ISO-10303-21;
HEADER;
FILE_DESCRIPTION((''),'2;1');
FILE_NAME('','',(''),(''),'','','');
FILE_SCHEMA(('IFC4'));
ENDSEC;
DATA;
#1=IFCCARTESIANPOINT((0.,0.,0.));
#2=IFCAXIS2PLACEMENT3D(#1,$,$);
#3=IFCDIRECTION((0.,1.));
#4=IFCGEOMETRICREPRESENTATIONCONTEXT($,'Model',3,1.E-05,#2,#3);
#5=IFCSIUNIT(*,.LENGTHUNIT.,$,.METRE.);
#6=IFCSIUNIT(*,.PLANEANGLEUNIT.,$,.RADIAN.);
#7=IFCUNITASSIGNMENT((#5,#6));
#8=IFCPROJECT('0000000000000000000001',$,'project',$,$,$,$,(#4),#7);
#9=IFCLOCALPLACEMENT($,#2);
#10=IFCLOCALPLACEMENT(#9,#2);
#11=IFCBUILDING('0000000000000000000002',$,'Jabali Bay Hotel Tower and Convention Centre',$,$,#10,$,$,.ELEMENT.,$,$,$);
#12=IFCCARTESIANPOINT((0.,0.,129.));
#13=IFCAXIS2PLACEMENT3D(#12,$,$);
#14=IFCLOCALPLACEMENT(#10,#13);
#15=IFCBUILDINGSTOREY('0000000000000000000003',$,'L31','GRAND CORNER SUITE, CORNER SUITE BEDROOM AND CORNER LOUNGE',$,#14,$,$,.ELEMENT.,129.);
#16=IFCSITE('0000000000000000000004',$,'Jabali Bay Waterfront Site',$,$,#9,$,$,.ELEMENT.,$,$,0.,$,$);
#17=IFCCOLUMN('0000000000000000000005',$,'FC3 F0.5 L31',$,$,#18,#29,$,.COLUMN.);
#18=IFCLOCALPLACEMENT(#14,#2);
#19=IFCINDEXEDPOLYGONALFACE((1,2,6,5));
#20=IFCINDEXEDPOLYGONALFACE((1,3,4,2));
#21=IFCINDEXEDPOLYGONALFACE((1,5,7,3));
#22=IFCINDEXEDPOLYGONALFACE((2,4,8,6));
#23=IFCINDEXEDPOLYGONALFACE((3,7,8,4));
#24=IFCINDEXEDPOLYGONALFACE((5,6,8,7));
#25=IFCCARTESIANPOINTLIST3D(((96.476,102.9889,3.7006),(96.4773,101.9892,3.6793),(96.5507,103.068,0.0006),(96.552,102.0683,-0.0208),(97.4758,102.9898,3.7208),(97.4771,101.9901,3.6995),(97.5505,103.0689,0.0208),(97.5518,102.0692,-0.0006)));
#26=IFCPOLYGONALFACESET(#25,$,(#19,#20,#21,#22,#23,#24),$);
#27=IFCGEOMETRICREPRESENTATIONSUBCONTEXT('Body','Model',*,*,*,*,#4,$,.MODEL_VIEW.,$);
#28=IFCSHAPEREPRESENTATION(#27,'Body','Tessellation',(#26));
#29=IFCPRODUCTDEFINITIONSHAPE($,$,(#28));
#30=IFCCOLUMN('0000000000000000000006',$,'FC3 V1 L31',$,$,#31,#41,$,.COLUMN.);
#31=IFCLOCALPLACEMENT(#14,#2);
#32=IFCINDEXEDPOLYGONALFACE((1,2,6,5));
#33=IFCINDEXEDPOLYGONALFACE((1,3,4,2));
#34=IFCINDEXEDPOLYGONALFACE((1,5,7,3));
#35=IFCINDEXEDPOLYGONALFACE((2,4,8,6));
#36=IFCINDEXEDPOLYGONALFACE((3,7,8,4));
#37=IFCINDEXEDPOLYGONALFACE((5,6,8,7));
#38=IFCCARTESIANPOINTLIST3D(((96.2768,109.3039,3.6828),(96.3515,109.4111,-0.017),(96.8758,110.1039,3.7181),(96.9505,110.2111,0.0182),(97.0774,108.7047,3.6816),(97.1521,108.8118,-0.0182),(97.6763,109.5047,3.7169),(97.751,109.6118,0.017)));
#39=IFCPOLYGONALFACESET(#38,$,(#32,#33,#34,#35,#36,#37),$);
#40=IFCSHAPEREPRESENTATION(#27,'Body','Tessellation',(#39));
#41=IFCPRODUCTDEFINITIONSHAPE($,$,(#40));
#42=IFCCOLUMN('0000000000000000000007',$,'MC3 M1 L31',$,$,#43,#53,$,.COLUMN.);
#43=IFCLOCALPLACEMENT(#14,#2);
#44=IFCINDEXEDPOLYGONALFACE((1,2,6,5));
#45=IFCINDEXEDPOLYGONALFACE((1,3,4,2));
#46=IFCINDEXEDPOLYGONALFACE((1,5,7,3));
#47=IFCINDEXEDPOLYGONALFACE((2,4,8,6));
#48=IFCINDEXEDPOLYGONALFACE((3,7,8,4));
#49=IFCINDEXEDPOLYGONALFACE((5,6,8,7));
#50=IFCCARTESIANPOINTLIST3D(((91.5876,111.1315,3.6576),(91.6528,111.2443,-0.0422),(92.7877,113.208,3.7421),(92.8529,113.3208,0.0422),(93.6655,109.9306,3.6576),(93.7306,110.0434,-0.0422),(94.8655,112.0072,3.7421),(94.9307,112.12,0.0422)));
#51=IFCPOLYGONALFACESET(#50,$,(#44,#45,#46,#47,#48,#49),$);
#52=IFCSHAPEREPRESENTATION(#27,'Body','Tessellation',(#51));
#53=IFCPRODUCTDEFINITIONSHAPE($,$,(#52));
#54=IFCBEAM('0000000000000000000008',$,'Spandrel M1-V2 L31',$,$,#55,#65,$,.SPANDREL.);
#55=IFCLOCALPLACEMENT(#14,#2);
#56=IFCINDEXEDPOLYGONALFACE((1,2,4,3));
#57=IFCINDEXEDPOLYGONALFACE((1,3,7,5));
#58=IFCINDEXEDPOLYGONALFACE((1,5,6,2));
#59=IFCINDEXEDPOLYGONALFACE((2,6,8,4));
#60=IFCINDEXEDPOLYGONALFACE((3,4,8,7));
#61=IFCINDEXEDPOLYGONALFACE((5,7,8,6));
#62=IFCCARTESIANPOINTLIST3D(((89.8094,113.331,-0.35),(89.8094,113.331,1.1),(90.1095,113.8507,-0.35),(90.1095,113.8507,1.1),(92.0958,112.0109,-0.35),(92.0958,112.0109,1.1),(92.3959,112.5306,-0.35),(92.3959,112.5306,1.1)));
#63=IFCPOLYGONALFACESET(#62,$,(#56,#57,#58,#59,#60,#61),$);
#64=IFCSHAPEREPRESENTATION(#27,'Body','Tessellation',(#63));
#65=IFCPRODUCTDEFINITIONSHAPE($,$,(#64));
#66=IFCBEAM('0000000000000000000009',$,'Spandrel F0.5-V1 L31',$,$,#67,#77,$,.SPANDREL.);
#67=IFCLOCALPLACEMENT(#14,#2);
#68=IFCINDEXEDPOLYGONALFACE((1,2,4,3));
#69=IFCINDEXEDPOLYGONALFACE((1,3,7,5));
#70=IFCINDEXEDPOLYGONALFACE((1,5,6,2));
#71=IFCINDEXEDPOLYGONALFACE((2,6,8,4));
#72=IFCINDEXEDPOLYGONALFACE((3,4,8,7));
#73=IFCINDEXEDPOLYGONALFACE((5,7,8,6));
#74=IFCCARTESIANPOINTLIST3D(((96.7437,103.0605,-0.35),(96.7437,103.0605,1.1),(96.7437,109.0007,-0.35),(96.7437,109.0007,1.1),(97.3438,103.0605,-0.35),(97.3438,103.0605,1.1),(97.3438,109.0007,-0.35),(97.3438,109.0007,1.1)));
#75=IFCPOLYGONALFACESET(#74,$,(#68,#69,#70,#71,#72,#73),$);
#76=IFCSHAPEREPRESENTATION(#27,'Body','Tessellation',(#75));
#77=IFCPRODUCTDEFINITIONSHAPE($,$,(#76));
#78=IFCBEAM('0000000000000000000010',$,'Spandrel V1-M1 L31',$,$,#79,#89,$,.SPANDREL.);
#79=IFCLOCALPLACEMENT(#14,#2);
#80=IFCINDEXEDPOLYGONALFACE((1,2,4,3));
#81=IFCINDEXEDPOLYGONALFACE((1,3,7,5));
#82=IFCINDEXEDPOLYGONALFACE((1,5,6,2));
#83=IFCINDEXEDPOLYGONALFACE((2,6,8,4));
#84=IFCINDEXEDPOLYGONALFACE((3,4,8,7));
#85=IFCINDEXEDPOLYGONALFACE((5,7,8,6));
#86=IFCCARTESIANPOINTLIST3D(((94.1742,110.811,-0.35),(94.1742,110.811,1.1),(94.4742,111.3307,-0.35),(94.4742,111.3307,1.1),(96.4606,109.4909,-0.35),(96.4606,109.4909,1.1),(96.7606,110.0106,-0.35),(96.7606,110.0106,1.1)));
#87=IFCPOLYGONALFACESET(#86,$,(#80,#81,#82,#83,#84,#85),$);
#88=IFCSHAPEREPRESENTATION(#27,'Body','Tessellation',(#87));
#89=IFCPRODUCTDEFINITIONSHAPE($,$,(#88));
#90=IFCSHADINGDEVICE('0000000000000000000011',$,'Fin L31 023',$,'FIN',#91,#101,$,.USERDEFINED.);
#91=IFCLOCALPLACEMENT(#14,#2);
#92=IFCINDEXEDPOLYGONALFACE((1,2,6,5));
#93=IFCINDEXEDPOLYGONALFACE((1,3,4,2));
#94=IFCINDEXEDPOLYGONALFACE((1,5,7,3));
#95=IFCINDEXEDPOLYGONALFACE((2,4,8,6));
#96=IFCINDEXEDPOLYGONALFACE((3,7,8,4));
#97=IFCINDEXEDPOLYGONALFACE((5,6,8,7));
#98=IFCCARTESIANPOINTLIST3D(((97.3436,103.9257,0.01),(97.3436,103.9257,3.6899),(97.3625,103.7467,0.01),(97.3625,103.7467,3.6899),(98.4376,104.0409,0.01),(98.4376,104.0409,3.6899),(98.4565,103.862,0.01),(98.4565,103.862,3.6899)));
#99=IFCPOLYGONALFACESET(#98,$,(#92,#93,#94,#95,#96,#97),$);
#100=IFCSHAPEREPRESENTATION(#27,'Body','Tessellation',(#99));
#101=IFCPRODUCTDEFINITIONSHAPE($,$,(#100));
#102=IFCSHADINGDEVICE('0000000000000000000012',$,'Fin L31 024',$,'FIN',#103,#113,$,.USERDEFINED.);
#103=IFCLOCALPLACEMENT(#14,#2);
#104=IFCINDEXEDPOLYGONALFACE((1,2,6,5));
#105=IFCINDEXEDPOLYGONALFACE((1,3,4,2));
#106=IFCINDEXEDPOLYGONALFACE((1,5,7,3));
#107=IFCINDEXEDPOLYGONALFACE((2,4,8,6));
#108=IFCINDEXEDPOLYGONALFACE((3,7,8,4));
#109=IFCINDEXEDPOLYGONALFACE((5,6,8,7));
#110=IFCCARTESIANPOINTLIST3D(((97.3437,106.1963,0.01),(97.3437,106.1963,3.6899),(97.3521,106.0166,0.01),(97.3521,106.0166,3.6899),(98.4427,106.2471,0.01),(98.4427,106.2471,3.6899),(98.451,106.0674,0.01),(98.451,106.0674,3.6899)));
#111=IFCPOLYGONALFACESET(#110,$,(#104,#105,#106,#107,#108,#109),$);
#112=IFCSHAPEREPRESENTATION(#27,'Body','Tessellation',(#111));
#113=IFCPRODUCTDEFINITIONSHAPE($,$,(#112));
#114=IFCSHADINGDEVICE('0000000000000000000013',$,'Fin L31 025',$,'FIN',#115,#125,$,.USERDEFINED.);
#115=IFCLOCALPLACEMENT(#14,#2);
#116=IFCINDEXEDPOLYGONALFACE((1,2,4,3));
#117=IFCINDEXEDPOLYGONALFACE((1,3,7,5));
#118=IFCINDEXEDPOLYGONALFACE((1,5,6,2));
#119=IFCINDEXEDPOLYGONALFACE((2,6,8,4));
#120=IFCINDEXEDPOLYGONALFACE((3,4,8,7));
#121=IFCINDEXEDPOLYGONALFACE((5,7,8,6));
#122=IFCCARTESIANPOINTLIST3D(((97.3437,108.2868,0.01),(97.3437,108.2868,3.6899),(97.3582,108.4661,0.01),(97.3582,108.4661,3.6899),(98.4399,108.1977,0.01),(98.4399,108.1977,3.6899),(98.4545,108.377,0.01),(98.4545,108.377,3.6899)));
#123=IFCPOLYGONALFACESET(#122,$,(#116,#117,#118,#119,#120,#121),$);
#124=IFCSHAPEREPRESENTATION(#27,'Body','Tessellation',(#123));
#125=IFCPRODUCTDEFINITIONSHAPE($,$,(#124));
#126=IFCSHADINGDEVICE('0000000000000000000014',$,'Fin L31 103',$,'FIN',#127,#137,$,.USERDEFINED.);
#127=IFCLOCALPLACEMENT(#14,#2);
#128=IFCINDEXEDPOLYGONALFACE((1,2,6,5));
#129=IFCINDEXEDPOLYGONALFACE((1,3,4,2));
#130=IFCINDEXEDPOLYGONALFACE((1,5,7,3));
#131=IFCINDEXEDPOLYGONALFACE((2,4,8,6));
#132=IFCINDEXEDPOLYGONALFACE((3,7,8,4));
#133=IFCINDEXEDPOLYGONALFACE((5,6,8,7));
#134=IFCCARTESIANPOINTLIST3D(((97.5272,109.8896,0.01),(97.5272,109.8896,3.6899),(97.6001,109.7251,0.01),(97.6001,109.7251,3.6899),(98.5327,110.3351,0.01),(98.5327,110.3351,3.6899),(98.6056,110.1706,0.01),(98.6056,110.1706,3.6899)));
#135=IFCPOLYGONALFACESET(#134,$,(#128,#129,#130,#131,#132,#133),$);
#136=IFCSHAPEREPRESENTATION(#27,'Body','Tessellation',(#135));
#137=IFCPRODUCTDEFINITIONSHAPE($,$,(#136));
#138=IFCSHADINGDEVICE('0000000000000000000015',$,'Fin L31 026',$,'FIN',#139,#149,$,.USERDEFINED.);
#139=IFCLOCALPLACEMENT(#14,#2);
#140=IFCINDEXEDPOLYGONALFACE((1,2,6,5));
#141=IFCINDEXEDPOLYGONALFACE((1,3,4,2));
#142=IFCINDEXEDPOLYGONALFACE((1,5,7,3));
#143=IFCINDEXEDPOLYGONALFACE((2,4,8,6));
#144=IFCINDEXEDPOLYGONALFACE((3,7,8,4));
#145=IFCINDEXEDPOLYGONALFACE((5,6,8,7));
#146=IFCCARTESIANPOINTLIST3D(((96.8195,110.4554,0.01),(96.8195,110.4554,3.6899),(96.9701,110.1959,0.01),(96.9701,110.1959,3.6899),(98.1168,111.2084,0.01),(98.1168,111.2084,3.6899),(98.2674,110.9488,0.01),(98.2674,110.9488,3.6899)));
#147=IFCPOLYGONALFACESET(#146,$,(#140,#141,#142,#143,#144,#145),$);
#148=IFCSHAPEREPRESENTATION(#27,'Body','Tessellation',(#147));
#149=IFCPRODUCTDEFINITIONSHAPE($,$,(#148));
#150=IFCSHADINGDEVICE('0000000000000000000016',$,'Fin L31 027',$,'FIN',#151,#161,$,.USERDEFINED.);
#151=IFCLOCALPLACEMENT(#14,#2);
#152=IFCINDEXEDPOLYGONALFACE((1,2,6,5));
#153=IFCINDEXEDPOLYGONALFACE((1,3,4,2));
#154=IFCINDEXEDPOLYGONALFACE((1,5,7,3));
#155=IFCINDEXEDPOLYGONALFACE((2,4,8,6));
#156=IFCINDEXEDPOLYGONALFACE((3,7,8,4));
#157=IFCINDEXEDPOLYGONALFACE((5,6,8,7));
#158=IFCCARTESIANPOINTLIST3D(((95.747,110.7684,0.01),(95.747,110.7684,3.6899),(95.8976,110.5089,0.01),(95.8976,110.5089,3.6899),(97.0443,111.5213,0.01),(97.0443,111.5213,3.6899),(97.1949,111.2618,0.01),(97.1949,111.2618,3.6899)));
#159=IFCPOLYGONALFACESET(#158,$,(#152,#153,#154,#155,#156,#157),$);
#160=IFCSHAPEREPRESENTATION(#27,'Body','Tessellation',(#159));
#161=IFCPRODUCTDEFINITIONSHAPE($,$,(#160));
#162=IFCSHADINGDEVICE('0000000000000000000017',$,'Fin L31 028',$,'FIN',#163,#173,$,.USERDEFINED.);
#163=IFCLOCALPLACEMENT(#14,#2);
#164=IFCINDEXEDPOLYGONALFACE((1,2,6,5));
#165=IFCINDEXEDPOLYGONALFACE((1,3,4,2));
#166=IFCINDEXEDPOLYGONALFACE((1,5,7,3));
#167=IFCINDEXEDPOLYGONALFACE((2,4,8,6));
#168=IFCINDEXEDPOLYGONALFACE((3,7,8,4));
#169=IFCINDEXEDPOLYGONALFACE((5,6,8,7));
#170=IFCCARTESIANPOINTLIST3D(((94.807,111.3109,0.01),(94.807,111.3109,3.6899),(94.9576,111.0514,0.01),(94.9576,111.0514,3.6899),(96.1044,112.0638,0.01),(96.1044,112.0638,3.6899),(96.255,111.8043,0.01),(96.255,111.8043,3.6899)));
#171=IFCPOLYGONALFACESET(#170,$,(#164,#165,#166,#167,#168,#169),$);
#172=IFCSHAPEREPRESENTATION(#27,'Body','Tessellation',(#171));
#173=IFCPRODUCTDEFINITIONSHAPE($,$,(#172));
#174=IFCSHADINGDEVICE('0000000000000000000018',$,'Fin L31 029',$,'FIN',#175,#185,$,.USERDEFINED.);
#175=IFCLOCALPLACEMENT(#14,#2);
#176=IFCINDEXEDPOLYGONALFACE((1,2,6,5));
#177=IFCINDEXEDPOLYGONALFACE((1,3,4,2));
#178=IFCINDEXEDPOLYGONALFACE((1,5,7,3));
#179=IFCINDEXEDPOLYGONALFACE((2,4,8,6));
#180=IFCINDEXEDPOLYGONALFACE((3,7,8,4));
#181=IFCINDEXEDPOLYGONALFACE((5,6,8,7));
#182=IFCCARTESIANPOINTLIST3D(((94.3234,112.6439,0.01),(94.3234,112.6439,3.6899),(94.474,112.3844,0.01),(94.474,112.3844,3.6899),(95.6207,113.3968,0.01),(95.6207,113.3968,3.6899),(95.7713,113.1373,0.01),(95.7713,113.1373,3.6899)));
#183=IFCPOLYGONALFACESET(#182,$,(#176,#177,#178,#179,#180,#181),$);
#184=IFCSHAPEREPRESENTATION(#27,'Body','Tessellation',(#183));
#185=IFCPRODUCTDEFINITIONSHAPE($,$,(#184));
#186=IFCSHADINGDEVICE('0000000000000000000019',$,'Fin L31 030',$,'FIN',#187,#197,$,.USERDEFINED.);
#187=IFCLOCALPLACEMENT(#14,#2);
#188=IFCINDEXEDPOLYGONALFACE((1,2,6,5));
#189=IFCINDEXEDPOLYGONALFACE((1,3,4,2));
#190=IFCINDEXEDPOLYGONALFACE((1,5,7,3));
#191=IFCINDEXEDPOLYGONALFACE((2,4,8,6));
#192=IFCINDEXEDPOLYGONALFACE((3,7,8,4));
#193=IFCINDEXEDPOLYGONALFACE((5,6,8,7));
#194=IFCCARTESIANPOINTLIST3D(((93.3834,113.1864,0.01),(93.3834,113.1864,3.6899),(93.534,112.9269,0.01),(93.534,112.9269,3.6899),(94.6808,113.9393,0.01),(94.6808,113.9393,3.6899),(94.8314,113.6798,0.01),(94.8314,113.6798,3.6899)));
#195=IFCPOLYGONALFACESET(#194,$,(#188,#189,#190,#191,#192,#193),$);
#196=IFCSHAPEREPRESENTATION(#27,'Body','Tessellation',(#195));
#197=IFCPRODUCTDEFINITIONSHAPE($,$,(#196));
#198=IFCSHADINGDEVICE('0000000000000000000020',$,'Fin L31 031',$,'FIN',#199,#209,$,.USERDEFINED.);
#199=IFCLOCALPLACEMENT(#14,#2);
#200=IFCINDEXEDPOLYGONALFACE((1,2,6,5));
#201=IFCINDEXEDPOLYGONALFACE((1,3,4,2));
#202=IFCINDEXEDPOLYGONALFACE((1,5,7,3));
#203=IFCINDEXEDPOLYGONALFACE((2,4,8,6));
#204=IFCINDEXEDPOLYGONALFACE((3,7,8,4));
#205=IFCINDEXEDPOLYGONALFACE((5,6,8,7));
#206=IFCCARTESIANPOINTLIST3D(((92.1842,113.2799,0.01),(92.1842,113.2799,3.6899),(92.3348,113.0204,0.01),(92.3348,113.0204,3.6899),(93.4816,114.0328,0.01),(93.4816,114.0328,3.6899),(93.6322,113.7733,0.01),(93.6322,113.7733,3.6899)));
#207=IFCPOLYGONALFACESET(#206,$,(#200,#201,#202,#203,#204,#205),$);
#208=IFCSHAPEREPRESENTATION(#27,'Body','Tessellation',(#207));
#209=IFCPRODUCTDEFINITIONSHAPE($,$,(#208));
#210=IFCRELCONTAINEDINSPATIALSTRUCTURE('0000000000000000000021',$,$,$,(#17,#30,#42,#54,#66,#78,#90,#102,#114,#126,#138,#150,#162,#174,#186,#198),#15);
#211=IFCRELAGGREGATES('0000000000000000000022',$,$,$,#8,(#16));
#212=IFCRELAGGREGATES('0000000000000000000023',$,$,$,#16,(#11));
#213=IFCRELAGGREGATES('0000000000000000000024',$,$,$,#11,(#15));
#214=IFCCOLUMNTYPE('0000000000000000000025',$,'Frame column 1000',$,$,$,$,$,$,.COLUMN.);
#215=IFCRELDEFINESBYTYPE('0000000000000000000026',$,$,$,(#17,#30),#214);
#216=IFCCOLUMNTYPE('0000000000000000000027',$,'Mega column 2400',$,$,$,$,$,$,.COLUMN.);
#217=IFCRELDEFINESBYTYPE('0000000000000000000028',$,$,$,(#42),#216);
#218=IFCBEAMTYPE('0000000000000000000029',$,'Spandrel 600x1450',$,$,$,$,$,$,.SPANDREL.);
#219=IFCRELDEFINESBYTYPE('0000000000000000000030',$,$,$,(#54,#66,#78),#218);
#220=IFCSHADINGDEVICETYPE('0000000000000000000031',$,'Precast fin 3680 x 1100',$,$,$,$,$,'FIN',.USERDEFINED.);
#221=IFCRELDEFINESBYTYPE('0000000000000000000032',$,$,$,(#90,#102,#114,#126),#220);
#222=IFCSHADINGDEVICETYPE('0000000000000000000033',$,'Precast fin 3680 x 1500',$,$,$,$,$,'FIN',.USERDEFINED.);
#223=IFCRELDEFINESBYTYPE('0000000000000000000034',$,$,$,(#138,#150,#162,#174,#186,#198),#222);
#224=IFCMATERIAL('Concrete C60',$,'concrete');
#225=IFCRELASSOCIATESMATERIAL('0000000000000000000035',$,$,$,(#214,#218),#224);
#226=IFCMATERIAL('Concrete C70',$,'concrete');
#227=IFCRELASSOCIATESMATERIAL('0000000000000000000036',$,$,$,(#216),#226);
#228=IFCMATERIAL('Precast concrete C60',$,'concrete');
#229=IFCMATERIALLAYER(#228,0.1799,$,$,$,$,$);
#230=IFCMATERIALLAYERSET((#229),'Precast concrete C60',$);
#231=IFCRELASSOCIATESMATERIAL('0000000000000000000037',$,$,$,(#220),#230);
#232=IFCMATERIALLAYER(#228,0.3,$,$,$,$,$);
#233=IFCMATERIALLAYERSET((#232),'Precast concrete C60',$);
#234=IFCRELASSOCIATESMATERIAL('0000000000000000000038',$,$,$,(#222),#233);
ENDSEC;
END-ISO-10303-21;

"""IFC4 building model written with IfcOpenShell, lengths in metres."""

from ifc_helpers import new_model, si_unit, direction, frame, frame_2d, origin, origin_2d, place, context, subcontext, project, spatial, rectangle, extrude, material, layer, layer_set, material_profile, profile_set, type_object, element, save


model = new_model("IFC4")

# Units and contexts
model_context = context("Model", 3, precision=1e-05, world=origin(), true_north=direction((0.0, 1.0)))
body_context = subcontext(model_context, "Body", "Model", "MODEL_VIEW")
ifc_project = project(units=[si_unit("LENGTHUNIT", "METRE"), si_unit("PLANEANGLEUNIT", "RADIAN")], contexts=[model_context])

# Site, building, storey
site_placement = place(None, origin())
site = spatial("IfcSite", under=ifc_project, at=site_placement, Name="Jabali Bay Waterfront Site", CompositionType="ELEMENT", RefElevation=0.0)
building_placement = place(site_placement, origin())
building = spatial("IfcBuilding", under=site, at=building_placement, Name="Jabali Bay Hotel Tower and Convention Centre", CompositionType="ELEMENT")
storey_placement = place(building_placement, frame((0.0, 0.0, 129.0)))
storey = spatial("IfcBuildingStorey", under=building, at=storey_placement, Name="L31", Description="GRAND CORNER SUITE, CORNER SUITE BEDROOM AND CORNER LOUNGE", CompositionType="ELEMENT", Elevation=129.0)

# Columns
ifc_material_1 = material(Name="Concrete C60", Category="concrete")
ifc_material_profile_1 = material_profile(ifc_material_1, rectangle(XDim=1.0, YDim=1.0, at=origin_2d()), Name="Frame column 1000")
ifc_profile_set_1 = profile_set([ifc_material_profile_1], Name="Concrete C60")
column_type_1 = type_object("IfcColumnType", Name="Frame column 1000", PredefinedType="COLUMN", material=ifc_profile_set_1)
column_1_placement = place(storey_placement, frame((97.0513, 102.5686, 0.0), z_axis=(-0.020183, -0.02137, 0.999568), x_axis=(0.999795, 0.000884, 0.020206)))
element("IfcColumn", 1, at=column_1_placement, inside=storey, type_object=column_type_1, Name="FC3 F0.5 L31", PredefinedType="COLUMN", context=body_context, shape_type="SweptSolid", body=[
    extrude(rectangle(XDim=1.0, YDim=1.0, at=origin_2d()), origin(), (0.0, 0.0, 1.0), 3.7017),
])
column_2_placement = place(storey_placement, frame((97.0513, 109.5115, 0.0), z_axis=(-0.020179, -0.028949, 0.999377), x_axis=(0.598943, 0.800015, 0.035268)))
element("IfcColumn", 2, at=column_2_placement, inside=storey, type_object=column_type_1, Name="FC3 V1 L31", PredefinedType="COLUMN", context=body_context, shape_type="SweptSolid", body=[
    extrude(rectangle(XDim=1.0, YDim=1.0, at=origin_2d()), origin(), (0.0, 0.0, 1.0), 3.7021),
])
ifc_material_2 = material(Name="Concrete C70", Category="concrete")
ifc_material_profile_2 = material_profile(ifc_material_2, rectangle(XDim=2.3999, YDim=2.3999, at=origin_2d()), Name="Mega column 2400")
ifc_profile_set_2 = profile_set([ifc_material_profile_2], Name="Concrete C70")
column_type_2 = type_object("IfcColumnType", Name="Mega column 2400", PredefinedType="COLUMN", material=ifc_profile_set_2)
column_3_placement = place(storey_placement, frame((93.2917, 111.6821, 0.0), z_axis=(-0.017607, -0.030466, 0.999381), x_axis=(0.865812, -0.500369, 0.0)))
element("IfcColumn", 3, at=column_3_placement, inside=storey, type_object=column_type_2, Name="MC3 M1 L31", PredefinedType="COLUMN", context=body_context, shape_type="SweptSolid", body=[
    extrude(rectangle(XDim=2.3999, YDim=2.3999, at=origin_2d()), origin(), (0.0, 0.0, 1.0), 3.7021),
])

# Beams
ifc_material_profile_3 = material_profile(ifc_material_1, rectangle(XDim=0.6001, YDim=1.45, at=origin_2d()), Name="Spandrel 600x1450")
ifc_profile_set_3 = profile_set([ifc_material_profile_3], Name="Concrete C60")
beam_type = type_object("IfcBeamType", Name="Spandrel 600x1450", PredefinedType="SPANDREL", material=ifc_profile_set_3)
beam_1_placement = place(storey_placement, frame((92.2458, 112.2708, 0.375), z_axis=(-0.866021, 0.500008, 0.0), x_axis=(-0.500008, -0.866021, 0.0)))
element("IfcBeam", 4, at=beam_1_placement, inside=storey, type_object=beam_type, Name="Spandrel M1-V2 L31", PredefinedType="SPANDREL", context=body_context, shape_type="SweptSolid", body=[
    extrude(rectangle(XDim=0.6001, YDim=1.45, at=origin_2d()), origin(), (0.0, 0.0, 1.0), 2.6401),
])
beam_2_placement = place(storey_placement, frame((97.0437, 103.0605, 0.375), z_axis=(0.0, 1.0, 0.0), x_axis=(-1.0, 0.0, 0.0)))
element("IfcBeam", 5, at=beam_2_placement, inside=storey, type_object=beam_type, Name="Spandrel F0.5-V1 L31", PredefinedType="SPANDREL", context=body_context, shape_type="SweptSolid", body=[
    extrude(rectangle(XDim=0.6001, YDim=1.45, at=origin_2d()), origin(), (0.0, 0.0, 1.0), 5.9402),
])
beam_3_placement = place(storey_placement, frame((96.6106, 109.7507, 0.375), z_axis=(-0.866021, 0.500008, 0.0), x_axis=(-0.500008, -0.866021, 0.0)))
element("IfcBeam", 6, at=beam_3_placement, inside=storey, type_object=beam_type, Name="Spandrel V1-M1 L31", PredefinedType="SPANDREL", context=body_context, shape_type="SweptSolid", body=[
    extrude(rectangle(XDim=0.6001, YDim=1.45, at=origin_2d()), origin(), (0.0, 0.0, 1.0), 2.6401),
])

# Shading devices
ifc_material_3 = material(Name="Precast concrete C60", Category="concrete")
ifc_layer_1 = layer(ifc_material_3, 0.1799)
ifc_layer_set_1 = layer_set([ifc_layer_1], Name="Precast concrete C60")
shading_device_type_1 = type_object("IfcShadingDeviceType", Name="Precast fin 3680 x 1100", ElementType="FIN", PredefinedType="USERDEFINED", material=ifc_layer_set_1)
for number, where, z_axis, x_axis, name in (
    (7, (97.353, 103.8362, 0.01), (0.0, 0.0, 1.0), (0.994498, 0.104754, 0.0), "Fin L31 023"),
    (8, (97.3479, 106.1064, 0.01), (0.0, 0.0, 1.0), (0.998934, 0.046163, 0.0), "Fin L31 024"),
):
    element("IfcShadingDevice", number, at=place(storey_placement, frame(where, z_axis=z_axis, x_axis=x_axis)), inside=storey, type_object=shading_device_type_1, Name=name, ObjectType="FIN", PredefinedType="USERDEFINED", context=body_context, shape_type="SweptSolid", body=[
        extrude(rectangle(XDim=1.1001, YDim=0.1799, at=frame_2d((0.55, 0.0))), origin(), (0.0, 0.0, 1.0), 3.6799),
    ])
for number, where, z_axis, x_axis, name in (
    (9, (97.3511, 108.3765, 0.01), (0.0, 0.0, 1.0), (0.996712, -0.081024, 0.0), "Fin L31 025"),
    (10, (97.5637, 109.8074, 0.01), (0.0, 0.0, 1.0), (0.914278, 0.405088, 0.0), "Fin L31 103"),
):
    element("IfcShadingDevice", number, at=place(storey_placement, frame(where, z_axis=z_axis, x_axis=x_axis)), inside=storey, type_object=shading_device_type_1, Name=name, ObjectType="FIN", PredefinedType="USERDEFINED", context=body_context, shape_type="SweptSolid", body=[
        extrude(rectangle(XDim=1.0999, YDim=0.1799, at=frame_2d((0.5498, 0.0))), origin(), (0.0, 0.0, 1.0), 3.6799),
    ])
ifc_layer_2 = layer(ifc_material_3, 0.3)
ifc_layer_set_2 = layer_set([ifc_layer_2], Name="Precast concrete C60")
shading_device_type_2 = type_object("IfcShadingDeviceType", Name="Precast fin 3680 x 1500", ElementType="FIN", PredefinedType="USERDEFINED", material=ifc_layer_set_2)
for number, where, z_axis, x_axis, name in (
    (11, (96.8948, 110.3257, 0.01), (0.0, 0.0, 1.0), (0.864898, 0.501947, 0.0), "Fin L31 026"),
    (12, (95.8223, 110.6387, 0.01), (0.0, 0.0, 1.0), (0.864898, 0.501947, 0.0), "Fin L31 027"),
    (13, (94.8823, 111.1812, 0.01), (0.0, 0.0, 1.0), (0.864898, 0.501947, 0.0), "Fin L31 028"),
    (14, (94.3987, 112.5142, 0.01), (0.0, 0.0, 1.0), (0.864898, 0.501947, 0.0), "Fin L31 029"),
    (15, (93.4587, 113.0566, 0.01), (0.0, 0.0, 1.0), (0.864898, 0.501947, 0.0), "Fin L31 030"),
    (16, (92.2595, 113.1501, 0.01), (0.0, 0.0, 1.0), (0.864898, 0.501947, 0.0), "Fin L31 031"),
):
    element("IfcShadingDevice", number, at=place(storey_placement, frame(where, z_axis=z_axis, x_axis=x_axis)), inside=storey, type_object=shading_device_type_2, Name=name, ObjectType="FIN", PredefinedType="USERDEFINED", context=body_context, shape_type="SweptSolid", body=[
        extrude(rectangle(XDim=1.5, YDim=0.3, at=frame_2d((0.75, 0.0))), origin(), (0.0, 0.0, 1.0), 3.6799),
    ])

save(model, "model.ifc")
